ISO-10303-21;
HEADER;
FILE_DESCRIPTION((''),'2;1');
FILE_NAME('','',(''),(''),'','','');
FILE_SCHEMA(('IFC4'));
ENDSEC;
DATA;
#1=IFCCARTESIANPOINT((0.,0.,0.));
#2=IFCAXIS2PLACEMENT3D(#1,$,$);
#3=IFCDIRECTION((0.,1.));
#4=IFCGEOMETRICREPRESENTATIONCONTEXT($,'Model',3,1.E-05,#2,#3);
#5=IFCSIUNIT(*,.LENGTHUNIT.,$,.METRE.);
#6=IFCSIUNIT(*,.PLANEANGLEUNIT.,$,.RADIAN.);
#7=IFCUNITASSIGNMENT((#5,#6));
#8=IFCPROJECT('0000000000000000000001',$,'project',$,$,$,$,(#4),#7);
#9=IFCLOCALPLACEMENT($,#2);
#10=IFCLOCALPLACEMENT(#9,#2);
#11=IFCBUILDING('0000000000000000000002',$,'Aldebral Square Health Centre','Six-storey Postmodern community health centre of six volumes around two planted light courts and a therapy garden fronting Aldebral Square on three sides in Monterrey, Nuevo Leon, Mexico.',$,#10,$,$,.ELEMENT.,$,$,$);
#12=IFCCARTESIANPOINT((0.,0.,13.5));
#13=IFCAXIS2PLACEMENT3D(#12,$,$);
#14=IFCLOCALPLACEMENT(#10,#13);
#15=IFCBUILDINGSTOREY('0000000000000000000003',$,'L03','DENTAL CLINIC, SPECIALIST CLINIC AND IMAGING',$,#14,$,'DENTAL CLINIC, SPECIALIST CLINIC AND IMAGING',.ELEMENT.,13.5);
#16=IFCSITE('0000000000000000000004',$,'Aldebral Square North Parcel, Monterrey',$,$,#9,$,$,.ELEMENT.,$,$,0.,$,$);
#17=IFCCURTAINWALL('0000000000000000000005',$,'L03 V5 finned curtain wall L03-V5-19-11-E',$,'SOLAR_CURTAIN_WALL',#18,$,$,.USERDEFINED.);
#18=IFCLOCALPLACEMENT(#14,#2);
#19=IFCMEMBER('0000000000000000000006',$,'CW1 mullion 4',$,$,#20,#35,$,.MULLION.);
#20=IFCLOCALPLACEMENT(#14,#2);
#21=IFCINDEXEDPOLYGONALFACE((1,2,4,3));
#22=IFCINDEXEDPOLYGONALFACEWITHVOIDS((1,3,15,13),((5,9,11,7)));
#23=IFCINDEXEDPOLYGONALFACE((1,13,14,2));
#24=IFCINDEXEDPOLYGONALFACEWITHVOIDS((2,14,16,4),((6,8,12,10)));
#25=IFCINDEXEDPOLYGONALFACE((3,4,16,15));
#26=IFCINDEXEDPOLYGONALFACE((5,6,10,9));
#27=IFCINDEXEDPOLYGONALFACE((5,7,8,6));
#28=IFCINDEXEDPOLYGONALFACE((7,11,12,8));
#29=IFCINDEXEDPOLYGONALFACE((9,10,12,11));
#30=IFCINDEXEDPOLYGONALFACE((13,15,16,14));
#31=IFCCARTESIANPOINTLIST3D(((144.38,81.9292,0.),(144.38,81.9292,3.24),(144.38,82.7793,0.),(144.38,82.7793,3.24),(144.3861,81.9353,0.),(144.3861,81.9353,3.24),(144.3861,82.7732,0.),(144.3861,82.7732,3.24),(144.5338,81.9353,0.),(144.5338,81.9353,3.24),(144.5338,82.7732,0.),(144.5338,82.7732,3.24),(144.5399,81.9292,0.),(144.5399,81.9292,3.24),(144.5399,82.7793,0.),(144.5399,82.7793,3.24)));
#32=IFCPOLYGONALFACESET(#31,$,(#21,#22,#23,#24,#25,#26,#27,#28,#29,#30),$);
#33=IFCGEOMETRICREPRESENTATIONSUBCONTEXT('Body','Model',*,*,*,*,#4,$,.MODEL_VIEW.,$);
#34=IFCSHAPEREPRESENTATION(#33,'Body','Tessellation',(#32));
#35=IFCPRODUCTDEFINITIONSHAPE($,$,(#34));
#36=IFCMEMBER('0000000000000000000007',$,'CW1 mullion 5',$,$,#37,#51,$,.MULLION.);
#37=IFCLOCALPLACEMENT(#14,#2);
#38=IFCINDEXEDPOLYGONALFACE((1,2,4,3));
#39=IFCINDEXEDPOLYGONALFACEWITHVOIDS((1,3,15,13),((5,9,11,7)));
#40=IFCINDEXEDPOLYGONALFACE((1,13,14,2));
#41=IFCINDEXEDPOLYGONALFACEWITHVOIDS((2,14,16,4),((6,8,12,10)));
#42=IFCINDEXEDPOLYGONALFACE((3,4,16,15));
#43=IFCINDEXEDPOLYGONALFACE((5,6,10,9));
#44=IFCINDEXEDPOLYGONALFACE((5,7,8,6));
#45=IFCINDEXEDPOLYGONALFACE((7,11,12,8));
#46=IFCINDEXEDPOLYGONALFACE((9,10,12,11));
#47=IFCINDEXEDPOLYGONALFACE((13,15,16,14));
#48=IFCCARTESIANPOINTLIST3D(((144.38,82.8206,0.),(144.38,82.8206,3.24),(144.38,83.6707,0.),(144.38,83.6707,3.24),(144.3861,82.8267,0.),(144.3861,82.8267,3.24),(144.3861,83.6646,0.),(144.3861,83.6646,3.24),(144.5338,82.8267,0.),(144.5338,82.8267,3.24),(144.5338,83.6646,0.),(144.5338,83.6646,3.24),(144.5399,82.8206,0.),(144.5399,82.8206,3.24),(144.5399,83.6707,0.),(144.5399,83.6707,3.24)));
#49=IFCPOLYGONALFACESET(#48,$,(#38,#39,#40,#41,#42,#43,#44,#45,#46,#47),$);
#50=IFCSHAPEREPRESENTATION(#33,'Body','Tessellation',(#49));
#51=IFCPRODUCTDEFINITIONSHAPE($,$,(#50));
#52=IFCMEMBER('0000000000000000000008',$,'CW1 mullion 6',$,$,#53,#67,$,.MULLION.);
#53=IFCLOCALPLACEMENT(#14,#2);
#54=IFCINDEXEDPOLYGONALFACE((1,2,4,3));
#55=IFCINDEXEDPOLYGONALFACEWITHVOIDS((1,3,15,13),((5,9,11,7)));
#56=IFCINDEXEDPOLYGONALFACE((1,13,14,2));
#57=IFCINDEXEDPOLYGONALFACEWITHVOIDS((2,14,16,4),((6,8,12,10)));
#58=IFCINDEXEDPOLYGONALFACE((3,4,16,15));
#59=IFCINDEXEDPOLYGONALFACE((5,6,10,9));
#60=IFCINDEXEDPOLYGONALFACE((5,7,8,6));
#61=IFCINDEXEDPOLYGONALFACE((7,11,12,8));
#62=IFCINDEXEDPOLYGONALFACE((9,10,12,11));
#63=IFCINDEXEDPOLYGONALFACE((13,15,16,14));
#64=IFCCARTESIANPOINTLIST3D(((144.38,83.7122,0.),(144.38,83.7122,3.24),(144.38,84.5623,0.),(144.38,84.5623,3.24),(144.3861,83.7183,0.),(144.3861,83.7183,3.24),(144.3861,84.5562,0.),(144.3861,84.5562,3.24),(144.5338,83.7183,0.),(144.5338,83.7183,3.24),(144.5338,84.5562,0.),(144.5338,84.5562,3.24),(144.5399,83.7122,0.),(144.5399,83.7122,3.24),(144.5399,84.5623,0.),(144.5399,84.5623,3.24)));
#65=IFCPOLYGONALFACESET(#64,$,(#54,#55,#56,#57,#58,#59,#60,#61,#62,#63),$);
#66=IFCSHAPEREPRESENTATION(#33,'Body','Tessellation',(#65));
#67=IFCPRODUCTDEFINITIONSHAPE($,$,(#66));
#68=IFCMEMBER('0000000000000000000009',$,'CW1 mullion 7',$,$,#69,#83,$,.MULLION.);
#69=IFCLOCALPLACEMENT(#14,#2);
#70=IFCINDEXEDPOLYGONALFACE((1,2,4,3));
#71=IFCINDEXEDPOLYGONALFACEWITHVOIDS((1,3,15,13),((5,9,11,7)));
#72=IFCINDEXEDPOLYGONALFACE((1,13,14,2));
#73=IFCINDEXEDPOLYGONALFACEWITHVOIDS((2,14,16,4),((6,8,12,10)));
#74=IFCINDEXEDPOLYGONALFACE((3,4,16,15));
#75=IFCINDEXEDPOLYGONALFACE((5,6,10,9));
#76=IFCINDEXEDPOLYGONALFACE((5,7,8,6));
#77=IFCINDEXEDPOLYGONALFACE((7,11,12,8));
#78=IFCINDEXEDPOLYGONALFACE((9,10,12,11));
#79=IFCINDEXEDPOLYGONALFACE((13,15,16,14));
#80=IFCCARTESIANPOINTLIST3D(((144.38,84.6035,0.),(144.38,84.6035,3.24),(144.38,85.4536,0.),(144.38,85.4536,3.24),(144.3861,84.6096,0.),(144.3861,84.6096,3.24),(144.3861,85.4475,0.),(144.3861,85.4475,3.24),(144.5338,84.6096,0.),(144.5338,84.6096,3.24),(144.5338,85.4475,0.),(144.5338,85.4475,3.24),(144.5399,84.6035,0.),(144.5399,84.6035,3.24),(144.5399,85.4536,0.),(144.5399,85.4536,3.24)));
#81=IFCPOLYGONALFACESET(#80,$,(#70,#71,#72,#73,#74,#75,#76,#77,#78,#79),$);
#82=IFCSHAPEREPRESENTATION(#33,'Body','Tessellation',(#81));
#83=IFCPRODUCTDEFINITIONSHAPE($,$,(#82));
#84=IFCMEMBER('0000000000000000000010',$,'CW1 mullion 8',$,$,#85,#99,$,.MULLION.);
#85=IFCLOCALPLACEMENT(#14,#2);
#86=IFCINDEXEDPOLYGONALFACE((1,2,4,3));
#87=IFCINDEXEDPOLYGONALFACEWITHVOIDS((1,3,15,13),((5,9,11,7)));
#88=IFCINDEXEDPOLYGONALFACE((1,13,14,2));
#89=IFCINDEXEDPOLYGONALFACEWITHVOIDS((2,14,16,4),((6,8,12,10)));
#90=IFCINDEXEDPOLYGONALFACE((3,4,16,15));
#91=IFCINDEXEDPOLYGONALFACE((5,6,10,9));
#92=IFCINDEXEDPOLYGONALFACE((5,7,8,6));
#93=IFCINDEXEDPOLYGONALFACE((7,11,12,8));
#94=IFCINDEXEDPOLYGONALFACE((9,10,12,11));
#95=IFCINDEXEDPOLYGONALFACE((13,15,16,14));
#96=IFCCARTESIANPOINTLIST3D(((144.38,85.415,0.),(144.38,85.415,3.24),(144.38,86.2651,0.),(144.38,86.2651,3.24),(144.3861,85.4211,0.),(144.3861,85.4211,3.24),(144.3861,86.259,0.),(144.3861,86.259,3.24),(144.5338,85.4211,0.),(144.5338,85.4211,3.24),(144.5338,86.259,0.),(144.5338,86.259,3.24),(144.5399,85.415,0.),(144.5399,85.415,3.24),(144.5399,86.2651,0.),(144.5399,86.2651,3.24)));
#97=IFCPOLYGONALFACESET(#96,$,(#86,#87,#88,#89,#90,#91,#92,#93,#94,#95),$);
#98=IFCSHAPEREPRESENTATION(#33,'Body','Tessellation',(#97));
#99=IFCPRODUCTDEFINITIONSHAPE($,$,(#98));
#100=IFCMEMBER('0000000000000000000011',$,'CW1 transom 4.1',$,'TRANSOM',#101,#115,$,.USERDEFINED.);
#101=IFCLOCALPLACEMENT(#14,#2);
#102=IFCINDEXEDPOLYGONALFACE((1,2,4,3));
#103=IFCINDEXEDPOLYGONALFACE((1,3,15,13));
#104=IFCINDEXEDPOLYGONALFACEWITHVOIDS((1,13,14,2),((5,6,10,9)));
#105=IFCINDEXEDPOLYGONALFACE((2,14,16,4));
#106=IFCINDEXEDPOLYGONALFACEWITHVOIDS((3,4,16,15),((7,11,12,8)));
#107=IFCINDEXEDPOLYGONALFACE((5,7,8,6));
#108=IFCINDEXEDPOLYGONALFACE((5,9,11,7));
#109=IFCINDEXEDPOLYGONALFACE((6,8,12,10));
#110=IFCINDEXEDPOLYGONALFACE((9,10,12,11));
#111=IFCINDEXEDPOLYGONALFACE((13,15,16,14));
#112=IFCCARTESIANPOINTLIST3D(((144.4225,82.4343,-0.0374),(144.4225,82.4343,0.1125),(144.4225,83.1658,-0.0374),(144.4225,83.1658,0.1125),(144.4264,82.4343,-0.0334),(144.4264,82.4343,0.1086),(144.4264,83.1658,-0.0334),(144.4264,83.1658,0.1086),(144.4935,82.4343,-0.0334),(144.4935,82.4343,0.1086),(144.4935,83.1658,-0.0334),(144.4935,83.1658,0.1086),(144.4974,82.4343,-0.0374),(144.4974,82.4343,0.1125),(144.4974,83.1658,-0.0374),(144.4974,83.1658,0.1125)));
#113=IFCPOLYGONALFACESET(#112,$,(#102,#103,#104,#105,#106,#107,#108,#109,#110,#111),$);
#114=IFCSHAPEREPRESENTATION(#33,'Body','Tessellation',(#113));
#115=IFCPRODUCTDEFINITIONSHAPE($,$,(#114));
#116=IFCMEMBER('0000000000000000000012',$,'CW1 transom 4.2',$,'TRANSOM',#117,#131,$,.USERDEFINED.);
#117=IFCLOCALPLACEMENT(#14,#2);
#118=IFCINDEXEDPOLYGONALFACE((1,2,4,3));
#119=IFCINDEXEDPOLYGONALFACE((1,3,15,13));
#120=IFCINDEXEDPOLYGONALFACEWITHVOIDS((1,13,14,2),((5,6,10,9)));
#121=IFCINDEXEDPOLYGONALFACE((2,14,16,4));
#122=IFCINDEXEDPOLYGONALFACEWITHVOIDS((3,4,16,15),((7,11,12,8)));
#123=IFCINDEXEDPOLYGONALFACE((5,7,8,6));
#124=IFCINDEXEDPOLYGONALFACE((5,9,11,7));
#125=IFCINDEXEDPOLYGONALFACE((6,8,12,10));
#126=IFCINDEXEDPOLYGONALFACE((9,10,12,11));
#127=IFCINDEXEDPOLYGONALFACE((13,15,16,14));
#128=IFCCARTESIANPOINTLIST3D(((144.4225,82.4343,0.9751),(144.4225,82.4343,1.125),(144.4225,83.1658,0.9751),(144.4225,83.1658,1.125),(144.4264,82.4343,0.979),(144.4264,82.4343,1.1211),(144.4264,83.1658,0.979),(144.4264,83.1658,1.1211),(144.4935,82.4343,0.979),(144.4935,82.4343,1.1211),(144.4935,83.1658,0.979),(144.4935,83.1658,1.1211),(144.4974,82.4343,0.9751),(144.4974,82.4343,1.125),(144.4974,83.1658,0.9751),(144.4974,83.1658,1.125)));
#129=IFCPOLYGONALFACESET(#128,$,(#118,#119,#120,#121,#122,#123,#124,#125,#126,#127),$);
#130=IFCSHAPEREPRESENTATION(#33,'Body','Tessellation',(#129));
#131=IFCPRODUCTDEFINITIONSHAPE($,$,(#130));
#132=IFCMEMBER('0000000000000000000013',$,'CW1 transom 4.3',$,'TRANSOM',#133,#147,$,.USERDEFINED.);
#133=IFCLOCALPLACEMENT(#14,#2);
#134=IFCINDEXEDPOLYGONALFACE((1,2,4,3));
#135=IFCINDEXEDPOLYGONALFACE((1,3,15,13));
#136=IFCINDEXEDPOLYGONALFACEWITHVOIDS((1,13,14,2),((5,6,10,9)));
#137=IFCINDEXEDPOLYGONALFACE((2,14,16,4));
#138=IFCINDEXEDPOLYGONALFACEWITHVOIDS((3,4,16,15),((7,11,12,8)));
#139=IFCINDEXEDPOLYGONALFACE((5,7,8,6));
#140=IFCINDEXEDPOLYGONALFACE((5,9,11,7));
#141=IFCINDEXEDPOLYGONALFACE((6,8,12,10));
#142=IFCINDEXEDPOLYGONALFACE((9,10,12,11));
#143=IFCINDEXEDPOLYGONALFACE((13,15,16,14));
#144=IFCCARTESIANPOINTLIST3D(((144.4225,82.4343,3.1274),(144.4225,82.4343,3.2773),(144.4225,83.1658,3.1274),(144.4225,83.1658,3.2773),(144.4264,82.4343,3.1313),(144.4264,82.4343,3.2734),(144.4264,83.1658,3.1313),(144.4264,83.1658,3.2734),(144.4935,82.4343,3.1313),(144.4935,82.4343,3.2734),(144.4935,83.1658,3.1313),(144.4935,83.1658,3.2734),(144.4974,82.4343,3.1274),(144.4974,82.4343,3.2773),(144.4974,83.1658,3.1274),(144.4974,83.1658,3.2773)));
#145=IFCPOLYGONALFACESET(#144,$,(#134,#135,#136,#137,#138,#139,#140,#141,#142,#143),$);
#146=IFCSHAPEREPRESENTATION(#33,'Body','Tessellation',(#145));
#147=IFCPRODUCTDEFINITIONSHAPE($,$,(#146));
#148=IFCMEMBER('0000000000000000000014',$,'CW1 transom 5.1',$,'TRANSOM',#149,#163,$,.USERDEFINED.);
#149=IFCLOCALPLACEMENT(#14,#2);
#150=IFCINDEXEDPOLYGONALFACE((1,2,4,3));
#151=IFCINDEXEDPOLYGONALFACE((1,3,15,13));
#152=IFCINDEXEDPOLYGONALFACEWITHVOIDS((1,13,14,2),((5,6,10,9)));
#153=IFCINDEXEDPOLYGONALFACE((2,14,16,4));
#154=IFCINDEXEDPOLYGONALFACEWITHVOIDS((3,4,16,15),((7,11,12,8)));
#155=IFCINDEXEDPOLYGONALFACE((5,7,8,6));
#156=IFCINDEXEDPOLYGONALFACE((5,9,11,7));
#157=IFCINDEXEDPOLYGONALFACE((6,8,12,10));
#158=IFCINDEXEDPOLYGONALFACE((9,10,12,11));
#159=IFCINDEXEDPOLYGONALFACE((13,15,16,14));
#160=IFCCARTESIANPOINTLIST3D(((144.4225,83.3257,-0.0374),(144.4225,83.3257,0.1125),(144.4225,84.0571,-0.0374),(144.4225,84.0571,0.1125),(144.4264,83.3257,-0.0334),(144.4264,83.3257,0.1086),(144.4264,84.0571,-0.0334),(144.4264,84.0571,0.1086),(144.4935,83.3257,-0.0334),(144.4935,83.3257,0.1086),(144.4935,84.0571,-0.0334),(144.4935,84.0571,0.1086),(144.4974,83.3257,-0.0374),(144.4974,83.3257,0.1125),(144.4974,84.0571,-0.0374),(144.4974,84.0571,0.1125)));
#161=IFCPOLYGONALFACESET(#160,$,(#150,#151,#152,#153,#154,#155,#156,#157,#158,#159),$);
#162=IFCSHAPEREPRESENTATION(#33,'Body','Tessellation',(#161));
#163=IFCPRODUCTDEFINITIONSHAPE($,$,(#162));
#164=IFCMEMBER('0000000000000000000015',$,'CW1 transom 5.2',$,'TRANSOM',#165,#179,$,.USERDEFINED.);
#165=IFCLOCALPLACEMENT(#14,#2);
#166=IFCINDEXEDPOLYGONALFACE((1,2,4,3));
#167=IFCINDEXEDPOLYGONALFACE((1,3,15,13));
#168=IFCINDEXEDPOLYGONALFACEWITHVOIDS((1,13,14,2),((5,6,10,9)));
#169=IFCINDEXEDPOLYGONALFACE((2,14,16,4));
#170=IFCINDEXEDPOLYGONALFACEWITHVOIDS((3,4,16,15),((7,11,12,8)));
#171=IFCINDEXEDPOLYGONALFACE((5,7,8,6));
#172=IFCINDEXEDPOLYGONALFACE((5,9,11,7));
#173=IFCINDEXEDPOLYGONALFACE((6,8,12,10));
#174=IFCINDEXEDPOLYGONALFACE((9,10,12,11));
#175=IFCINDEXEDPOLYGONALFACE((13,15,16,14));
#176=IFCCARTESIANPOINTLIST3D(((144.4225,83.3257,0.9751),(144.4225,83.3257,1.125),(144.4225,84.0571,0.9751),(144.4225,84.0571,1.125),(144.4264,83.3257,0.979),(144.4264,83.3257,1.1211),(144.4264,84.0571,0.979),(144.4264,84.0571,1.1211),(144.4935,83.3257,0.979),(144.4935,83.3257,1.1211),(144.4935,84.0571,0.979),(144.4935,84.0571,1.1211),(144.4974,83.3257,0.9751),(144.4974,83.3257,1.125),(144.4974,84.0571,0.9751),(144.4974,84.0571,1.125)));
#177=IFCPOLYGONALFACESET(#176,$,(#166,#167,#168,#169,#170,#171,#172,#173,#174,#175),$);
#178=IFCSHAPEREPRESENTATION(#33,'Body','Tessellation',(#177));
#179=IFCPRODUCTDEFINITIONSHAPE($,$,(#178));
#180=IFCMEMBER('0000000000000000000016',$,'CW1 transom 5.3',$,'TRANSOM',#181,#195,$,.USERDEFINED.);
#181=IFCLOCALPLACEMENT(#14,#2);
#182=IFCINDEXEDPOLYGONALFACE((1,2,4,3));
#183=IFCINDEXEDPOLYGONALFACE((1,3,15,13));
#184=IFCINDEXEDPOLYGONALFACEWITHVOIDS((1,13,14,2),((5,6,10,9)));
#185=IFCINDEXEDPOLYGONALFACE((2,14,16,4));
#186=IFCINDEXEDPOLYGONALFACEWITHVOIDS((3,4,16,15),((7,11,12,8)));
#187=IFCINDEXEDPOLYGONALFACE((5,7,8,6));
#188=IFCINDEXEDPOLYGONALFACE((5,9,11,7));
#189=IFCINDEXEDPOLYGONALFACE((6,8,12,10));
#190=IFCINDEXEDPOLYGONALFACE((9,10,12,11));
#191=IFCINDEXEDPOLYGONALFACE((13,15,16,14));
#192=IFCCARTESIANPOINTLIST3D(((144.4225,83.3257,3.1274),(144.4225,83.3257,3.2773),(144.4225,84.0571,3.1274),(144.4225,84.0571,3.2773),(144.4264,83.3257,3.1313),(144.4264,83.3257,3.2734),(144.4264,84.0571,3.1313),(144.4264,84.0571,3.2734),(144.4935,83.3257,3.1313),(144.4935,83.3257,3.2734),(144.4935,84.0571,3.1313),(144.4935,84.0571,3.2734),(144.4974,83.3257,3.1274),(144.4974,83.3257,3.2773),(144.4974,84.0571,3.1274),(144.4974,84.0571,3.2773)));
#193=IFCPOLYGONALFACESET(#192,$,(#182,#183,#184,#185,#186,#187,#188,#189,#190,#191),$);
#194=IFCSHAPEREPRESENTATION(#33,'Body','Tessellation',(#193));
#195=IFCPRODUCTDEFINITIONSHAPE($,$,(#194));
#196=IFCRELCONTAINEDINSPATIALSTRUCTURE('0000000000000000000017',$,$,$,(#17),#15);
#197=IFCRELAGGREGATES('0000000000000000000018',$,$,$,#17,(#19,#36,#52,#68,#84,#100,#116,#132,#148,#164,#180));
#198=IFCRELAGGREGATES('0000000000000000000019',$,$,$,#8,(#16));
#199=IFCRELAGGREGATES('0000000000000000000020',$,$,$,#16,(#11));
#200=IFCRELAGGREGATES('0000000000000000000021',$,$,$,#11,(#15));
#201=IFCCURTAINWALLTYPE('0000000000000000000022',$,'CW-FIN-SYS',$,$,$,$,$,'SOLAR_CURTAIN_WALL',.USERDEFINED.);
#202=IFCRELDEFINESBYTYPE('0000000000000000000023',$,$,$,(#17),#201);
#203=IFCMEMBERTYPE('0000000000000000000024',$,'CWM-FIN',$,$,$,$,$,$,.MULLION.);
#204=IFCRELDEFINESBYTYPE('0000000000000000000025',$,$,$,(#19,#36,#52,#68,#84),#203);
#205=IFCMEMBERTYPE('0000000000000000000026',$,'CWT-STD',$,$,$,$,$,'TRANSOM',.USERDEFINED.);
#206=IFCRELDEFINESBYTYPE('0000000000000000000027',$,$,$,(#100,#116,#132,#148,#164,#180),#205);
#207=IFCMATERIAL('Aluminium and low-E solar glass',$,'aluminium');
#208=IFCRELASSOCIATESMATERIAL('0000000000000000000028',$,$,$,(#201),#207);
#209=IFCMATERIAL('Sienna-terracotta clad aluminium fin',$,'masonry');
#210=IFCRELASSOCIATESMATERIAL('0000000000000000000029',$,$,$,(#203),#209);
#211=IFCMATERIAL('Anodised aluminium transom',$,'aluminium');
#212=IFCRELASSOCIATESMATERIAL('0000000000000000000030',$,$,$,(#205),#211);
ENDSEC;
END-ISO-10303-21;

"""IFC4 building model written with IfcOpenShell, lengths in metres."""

from ifc_helpers import new_model, si_unit, direction, frame, origin, origin_2d, place, context, subcontext, project, spatial, hollow_rectangle, extrude, material, material_profile, profile_set, type_object, element, aggregate, save


model = new_model("IFC4")

# Units and contexts
model_context = context("Model", 3, precision=1e-05, world=origin(), true_north=direction((0.0, 1.0)))
body_context = subcontext(model_context, "Body", "Model", "MODEL_VIEW")
ifc_project = project(units=[si_unit("LENGTHUNIT", "METRE"), si_unit("PLANEANGLEUNIT", "RADIAN")], contexts=[model_context])

# Site, building, storey
site_placement = place(None, origin())
site = spatial("IfcSite", under=ifc_project, at=site_placement, Name="Aldebral Square North Parcel, Monterrey", CompositionType="ELEMENT", RefElevation=0.0)
building_placement = place(site_placement, origin())
building = spatial("IfcBuilding", under=site, at=building_placement, Name="Aldebral Square Health Centre", Description="Six-storey Postmodern community health centre of six volumes around two planted light courts and a therapy garden fronting Aldebral Square on three sides in Monterrey, Nuevo Leon, Mexico.", CompositionType="ELEMENT")
storey_placement = place(building_placement, frame((0.0, 0.0, 13.5)))
storey = spatial("IfcBuildingStorey", under=building, at=storey_placement, Name="L03", Description="DENTAL CLINIC, SPECIALIST CLINIC AND IMAGING", LongName="DENTAL CLINIC, SPECIALIST CLINIC AND IMAGING", CompositionType="ELEMENT", Elevation=13.5)

# Curtain wall, members
ifc_material_1 = material(Name="Aluminium and low-E solar glass", Category="aluminium")
curtain_wall_type = type_object("IfcCurtainWallType", Name="CW-FIN-SYS", ElementType="SOLAR_CURTAIN_WALL", PredefinedType="USERDEFINED", material=ifc_material_1)
curtain_wall_placement = place(storey_placement, origin())
curtain_wall = element("IfcCurtainWall", 1, at=curtain_wall_placement, inside=storey, type_object=curtain_wall_type, Name="L03 V5 finned curtain wall L03-V5-19-11-E", ObjectType="SOLAR_CURTAIN_WALL", PredefinedType="USERDEFINED")
ifc_material_2 = material(Name="Sienna-terracotta clad aluminium fin", Category="masonry")
ifc_material_profile_1 = material_profile(ifc_material_2, hollow_rectangle(XDim=0.1599, YDim=0.8501, WallThickness=0.0061, at=origin_2d()), Name="FIN 160x850x6")
ifc_profile_set_1 = profile_set([ifc_material_profile_1], Name="Sienna-terracotta clad aluminium fin")
member_type_1 = type_object("IfcMemberType", Name="CWM-FIN", PredefinedType="MULLION", material=ifc_profile_set_1)
member_1_placement = place(storey_placement, frame((144.46, 82.3542, 0.0), z_axis=(0.0, 0.0, 1.0), x_axis=(-1.0, 0.0, 0.0)))
member_1 = element("IfcMember", 2, at=member_1_placement, type_object=member_type_1, Name="CW1 mullion 4", PredefinedType="MULLION", context=body_context, shape_type="SweptSolid", body=[
    extrude(hollow_rectangle(XDim=0.1599, YDim=0.8501, WallThickness=0.0061, at=origin_2d()), origin(), (0.0, 0.0, 1.0), 3.24),
])
member_2_placement = place(storey_placement, frame((144.46, 83.2456, 0.0), z_axis=(0.0, 0.0, 1.0), x_axis=(-1.0, 0.0, 0.0)))
member_2 = element("IfcMember", 3, at=member_2_placement, type_object=member_type_1, Name="CW1 mullion 5", PredefinedType="MULLION", context=body_context, shape_type="SweptSolid", body=[
    extrude(hollow_rectangle(XDim=0.1599, YDim=0.8501, WallThickness=0.0061, at=origin_2d()), origin(), (0.0, 0.0, 1.0), 3.24),
])
member_3_placement = place(storey_placement, frame((144.46, 84.1372, 0.0), z_axis=(0.0, 0.0, 1.0), x_axis=(-1.0, 0.0, 0.0)))
member_3 = element("IfcMember", 4, at=member_3_placement, type_object=member_type_1, Name="CW1 mullion 6", PredefinedType="MULLION", context=body_context, shape_type="SweptSolid", body=[
    extrude(hollow_rectangle(XDim=0.1599, YDim=0.8501, WallThickness=0.0061, at=origin_2d()), origin(), (0.0, 0.0, 1.0), 3.24),
])
member_4_placement = place(storey_placement, frame((144.46, 85.0286, 0.0), z_axis=(0.0, 0.0, 1.0), x_axis=(-1.0, 0.0, 0.0)))
member_4 = element("IfcMember", 5, at=member_4_placement, type_object=member_type_1, Name="CW1 mullion 7", PredefinedType="MULLION", context=body_context, shape_type="SweptSolid", body=[
    extrude(hollow_rectangle(XDim=0.1599, YDim=0.8501, WallThickness=0.0061, at=origin_2d()), origin(), (0.0, 0.0, 1.0), 3.24),
])
member_5_placement = place(storey_placement, frame((144.46, 85.8401, 0.0), z_axis=(0.0, 0.0, 1.0), x_axis=(-1.0, 0.0, 0.0)))
member_5 = element("IfcMember", 6, at=member_5_placement, type_object=member_type_1, Name="CW1 mullion 8", PredefinedType="MULLION", context=body_context, shape_type="SweptSolid", body=[
    extrude(hollow_rectangle(XDim=0.1599, YDim=0.8501, WallThickness=0.0061, at=origin_2d()), origin(), (0.0, 0.0, 1.0), 3.24),
])
ifc_material_3 = material(Name="Anodised aluminium transom", Category="aluminium")
ifc_material_profile_2 = material_profile(ifc_material_3, hollow_rectangle(XDim=0.075, YDim=0.1499, WallThickness=0.0039, at=origin_2d()), Name="CWT 75x150x4")
ifc_profile_set_2 = profile_set([ifc_material_profile_2], Name="Anodised aluminium transom")
member_type_2 = type_object("IfcMemberType", Name="CWT-STD", ElementType="TRANSOM", PredefinedType="USERDEFINED", material=ifc_profile_set_2)
member_6_placement = place(storey_placement, frame((144.46, 82.4343, 0.0376), z_axis=(0.0, 1.0, 0.0), x_axis=(-1.0, 0.0, 0.0)))
member_6 = element("IfcMember", 7, at=member_6_placement, type_object=member_type_2, Name="CW1 transom 4.1", ObjectType="TRANSOM", PredefinedType="USERDEFINED", context=body_context, shape_type="SweptSolid", body=[
    extrude(hollow_rectangle(XDim=0.075, YDim=0.1499, WallThickness=0.0039, at=origin_2d()), origin(), (0.0, 0.0, 1.0), 0.7314),
])
member_7_placement = place(storey_placement, frame((144.46, 82.4343, 1.05), z_axis=(0.0, 1.0, 0.0), x_axis=(-1.0, 0.0, 0.0)))
member_7 = element("IfcMember", 8, at=member_7_placement, type_object=member_type_2, Name="CW1 transom 4.2", ObjectType="TRANSOM", PredefinedType="USERDEFINED", context=body_context, shape_type="SweptSolid", body=[
    extrude(hollow_rectangle(XDim=0.075, YDim=0.1499, WallThickness=0.0039, at=origin_2d()), origin(), (0.0, 0.0, 1.0), 0.7314),
])
member_8_placement = place(storey_placement, frame((144.46, 82.4343, 3.2024), z_axis=(0.0, 1.0, 0.0), x_axis=(-1.0, 0.0, 0.0)))
member_8 = element("IfcMember", 9, at=member_8_placement, type_object=member_type_2, Name="CW1 transom 4.3", ObjectType="TRANSOM", PredefinedType="USERDEFINED", context=body_context, shape_type="SweptSolid", body=[
    extrude(hollow_rectangle(XDim=0.075, YDim=0.1499, WallThickness=0.0039, at=origin_2d()), origin(), (0.0, 0.0, 1.0), 0.7314),
])
member_9_placement = place(storey_placement, frame((144.46, 83.3257, 0.0376), z_axis=(0.0, 1.0, 0.0), x_axis=(-1.0, 0.0, 0.0)))
member_9 = element("IfcMember", 10, at=member_9_placement, type_object=member_type_2, Name="CW1 transom 5.1", ObjectType="TRANSOM", PredefinedType="USERDEFINED", context=body_context, shape_type="SweptSolid", body=[
    extrude(hollow_rectangle(XDim=0.075, YDim=0.1499, WallThickness=0.0039, at=origin_2d()), origin(), (0.0, 0.0, 1.0), 0.7314),
])
member_10_placement = place(storey_placement, frame((144.46, 83.3257, 1.05), z_axis=(0.0, 1.0, 0.0), x_axis=(-1.0, 0.0, 0.0)))
member_10 = element("IfcMember", 11, at=member_10_placement, type_object=member_type_2, Name="CW1 transom 5.2", ObjectType="TRANSOM", PredefinedType="USERDEFINED", context=body_context, shape_type="SweptSolid", body=[
    extrude(hollow_rectangle(XDim=0.075, YDim=0.1499, WallThickness=0.0039, at=origin_2d()), origin(), (0.0, 0.0, 1.0), 0.7314),
])
member_11_placement = place(storey_placement, frame((144.46, 83.3257, 3.2024), z_axis=(0.0, 1.0, 0.0), x_axis=(-1.0, 0.0, 0.0)))
member_11 = element("IfcMember", 12, at=member_11_placement, type_object=member_type_2, Name="CW1 transom 5.3", ObjectType="TRANSOM", PredefinedType="USERDEFINED", context=body_context, shape_type="SweptSolid", body=[
    extrude(hollow_rectangle(XDim=0.075, YDim=0.1499, WallThickness=0.0039, at=origin_2d()), origin(), (0.0, 0.0, 1.0), 0.7314),
])
aggregate(curtain_wall, [member_1, member_2, member_3, member_4, member_5, member_6, member_7, member_8, member_9, member_10, member_11])

save(model, "model.ifc")
